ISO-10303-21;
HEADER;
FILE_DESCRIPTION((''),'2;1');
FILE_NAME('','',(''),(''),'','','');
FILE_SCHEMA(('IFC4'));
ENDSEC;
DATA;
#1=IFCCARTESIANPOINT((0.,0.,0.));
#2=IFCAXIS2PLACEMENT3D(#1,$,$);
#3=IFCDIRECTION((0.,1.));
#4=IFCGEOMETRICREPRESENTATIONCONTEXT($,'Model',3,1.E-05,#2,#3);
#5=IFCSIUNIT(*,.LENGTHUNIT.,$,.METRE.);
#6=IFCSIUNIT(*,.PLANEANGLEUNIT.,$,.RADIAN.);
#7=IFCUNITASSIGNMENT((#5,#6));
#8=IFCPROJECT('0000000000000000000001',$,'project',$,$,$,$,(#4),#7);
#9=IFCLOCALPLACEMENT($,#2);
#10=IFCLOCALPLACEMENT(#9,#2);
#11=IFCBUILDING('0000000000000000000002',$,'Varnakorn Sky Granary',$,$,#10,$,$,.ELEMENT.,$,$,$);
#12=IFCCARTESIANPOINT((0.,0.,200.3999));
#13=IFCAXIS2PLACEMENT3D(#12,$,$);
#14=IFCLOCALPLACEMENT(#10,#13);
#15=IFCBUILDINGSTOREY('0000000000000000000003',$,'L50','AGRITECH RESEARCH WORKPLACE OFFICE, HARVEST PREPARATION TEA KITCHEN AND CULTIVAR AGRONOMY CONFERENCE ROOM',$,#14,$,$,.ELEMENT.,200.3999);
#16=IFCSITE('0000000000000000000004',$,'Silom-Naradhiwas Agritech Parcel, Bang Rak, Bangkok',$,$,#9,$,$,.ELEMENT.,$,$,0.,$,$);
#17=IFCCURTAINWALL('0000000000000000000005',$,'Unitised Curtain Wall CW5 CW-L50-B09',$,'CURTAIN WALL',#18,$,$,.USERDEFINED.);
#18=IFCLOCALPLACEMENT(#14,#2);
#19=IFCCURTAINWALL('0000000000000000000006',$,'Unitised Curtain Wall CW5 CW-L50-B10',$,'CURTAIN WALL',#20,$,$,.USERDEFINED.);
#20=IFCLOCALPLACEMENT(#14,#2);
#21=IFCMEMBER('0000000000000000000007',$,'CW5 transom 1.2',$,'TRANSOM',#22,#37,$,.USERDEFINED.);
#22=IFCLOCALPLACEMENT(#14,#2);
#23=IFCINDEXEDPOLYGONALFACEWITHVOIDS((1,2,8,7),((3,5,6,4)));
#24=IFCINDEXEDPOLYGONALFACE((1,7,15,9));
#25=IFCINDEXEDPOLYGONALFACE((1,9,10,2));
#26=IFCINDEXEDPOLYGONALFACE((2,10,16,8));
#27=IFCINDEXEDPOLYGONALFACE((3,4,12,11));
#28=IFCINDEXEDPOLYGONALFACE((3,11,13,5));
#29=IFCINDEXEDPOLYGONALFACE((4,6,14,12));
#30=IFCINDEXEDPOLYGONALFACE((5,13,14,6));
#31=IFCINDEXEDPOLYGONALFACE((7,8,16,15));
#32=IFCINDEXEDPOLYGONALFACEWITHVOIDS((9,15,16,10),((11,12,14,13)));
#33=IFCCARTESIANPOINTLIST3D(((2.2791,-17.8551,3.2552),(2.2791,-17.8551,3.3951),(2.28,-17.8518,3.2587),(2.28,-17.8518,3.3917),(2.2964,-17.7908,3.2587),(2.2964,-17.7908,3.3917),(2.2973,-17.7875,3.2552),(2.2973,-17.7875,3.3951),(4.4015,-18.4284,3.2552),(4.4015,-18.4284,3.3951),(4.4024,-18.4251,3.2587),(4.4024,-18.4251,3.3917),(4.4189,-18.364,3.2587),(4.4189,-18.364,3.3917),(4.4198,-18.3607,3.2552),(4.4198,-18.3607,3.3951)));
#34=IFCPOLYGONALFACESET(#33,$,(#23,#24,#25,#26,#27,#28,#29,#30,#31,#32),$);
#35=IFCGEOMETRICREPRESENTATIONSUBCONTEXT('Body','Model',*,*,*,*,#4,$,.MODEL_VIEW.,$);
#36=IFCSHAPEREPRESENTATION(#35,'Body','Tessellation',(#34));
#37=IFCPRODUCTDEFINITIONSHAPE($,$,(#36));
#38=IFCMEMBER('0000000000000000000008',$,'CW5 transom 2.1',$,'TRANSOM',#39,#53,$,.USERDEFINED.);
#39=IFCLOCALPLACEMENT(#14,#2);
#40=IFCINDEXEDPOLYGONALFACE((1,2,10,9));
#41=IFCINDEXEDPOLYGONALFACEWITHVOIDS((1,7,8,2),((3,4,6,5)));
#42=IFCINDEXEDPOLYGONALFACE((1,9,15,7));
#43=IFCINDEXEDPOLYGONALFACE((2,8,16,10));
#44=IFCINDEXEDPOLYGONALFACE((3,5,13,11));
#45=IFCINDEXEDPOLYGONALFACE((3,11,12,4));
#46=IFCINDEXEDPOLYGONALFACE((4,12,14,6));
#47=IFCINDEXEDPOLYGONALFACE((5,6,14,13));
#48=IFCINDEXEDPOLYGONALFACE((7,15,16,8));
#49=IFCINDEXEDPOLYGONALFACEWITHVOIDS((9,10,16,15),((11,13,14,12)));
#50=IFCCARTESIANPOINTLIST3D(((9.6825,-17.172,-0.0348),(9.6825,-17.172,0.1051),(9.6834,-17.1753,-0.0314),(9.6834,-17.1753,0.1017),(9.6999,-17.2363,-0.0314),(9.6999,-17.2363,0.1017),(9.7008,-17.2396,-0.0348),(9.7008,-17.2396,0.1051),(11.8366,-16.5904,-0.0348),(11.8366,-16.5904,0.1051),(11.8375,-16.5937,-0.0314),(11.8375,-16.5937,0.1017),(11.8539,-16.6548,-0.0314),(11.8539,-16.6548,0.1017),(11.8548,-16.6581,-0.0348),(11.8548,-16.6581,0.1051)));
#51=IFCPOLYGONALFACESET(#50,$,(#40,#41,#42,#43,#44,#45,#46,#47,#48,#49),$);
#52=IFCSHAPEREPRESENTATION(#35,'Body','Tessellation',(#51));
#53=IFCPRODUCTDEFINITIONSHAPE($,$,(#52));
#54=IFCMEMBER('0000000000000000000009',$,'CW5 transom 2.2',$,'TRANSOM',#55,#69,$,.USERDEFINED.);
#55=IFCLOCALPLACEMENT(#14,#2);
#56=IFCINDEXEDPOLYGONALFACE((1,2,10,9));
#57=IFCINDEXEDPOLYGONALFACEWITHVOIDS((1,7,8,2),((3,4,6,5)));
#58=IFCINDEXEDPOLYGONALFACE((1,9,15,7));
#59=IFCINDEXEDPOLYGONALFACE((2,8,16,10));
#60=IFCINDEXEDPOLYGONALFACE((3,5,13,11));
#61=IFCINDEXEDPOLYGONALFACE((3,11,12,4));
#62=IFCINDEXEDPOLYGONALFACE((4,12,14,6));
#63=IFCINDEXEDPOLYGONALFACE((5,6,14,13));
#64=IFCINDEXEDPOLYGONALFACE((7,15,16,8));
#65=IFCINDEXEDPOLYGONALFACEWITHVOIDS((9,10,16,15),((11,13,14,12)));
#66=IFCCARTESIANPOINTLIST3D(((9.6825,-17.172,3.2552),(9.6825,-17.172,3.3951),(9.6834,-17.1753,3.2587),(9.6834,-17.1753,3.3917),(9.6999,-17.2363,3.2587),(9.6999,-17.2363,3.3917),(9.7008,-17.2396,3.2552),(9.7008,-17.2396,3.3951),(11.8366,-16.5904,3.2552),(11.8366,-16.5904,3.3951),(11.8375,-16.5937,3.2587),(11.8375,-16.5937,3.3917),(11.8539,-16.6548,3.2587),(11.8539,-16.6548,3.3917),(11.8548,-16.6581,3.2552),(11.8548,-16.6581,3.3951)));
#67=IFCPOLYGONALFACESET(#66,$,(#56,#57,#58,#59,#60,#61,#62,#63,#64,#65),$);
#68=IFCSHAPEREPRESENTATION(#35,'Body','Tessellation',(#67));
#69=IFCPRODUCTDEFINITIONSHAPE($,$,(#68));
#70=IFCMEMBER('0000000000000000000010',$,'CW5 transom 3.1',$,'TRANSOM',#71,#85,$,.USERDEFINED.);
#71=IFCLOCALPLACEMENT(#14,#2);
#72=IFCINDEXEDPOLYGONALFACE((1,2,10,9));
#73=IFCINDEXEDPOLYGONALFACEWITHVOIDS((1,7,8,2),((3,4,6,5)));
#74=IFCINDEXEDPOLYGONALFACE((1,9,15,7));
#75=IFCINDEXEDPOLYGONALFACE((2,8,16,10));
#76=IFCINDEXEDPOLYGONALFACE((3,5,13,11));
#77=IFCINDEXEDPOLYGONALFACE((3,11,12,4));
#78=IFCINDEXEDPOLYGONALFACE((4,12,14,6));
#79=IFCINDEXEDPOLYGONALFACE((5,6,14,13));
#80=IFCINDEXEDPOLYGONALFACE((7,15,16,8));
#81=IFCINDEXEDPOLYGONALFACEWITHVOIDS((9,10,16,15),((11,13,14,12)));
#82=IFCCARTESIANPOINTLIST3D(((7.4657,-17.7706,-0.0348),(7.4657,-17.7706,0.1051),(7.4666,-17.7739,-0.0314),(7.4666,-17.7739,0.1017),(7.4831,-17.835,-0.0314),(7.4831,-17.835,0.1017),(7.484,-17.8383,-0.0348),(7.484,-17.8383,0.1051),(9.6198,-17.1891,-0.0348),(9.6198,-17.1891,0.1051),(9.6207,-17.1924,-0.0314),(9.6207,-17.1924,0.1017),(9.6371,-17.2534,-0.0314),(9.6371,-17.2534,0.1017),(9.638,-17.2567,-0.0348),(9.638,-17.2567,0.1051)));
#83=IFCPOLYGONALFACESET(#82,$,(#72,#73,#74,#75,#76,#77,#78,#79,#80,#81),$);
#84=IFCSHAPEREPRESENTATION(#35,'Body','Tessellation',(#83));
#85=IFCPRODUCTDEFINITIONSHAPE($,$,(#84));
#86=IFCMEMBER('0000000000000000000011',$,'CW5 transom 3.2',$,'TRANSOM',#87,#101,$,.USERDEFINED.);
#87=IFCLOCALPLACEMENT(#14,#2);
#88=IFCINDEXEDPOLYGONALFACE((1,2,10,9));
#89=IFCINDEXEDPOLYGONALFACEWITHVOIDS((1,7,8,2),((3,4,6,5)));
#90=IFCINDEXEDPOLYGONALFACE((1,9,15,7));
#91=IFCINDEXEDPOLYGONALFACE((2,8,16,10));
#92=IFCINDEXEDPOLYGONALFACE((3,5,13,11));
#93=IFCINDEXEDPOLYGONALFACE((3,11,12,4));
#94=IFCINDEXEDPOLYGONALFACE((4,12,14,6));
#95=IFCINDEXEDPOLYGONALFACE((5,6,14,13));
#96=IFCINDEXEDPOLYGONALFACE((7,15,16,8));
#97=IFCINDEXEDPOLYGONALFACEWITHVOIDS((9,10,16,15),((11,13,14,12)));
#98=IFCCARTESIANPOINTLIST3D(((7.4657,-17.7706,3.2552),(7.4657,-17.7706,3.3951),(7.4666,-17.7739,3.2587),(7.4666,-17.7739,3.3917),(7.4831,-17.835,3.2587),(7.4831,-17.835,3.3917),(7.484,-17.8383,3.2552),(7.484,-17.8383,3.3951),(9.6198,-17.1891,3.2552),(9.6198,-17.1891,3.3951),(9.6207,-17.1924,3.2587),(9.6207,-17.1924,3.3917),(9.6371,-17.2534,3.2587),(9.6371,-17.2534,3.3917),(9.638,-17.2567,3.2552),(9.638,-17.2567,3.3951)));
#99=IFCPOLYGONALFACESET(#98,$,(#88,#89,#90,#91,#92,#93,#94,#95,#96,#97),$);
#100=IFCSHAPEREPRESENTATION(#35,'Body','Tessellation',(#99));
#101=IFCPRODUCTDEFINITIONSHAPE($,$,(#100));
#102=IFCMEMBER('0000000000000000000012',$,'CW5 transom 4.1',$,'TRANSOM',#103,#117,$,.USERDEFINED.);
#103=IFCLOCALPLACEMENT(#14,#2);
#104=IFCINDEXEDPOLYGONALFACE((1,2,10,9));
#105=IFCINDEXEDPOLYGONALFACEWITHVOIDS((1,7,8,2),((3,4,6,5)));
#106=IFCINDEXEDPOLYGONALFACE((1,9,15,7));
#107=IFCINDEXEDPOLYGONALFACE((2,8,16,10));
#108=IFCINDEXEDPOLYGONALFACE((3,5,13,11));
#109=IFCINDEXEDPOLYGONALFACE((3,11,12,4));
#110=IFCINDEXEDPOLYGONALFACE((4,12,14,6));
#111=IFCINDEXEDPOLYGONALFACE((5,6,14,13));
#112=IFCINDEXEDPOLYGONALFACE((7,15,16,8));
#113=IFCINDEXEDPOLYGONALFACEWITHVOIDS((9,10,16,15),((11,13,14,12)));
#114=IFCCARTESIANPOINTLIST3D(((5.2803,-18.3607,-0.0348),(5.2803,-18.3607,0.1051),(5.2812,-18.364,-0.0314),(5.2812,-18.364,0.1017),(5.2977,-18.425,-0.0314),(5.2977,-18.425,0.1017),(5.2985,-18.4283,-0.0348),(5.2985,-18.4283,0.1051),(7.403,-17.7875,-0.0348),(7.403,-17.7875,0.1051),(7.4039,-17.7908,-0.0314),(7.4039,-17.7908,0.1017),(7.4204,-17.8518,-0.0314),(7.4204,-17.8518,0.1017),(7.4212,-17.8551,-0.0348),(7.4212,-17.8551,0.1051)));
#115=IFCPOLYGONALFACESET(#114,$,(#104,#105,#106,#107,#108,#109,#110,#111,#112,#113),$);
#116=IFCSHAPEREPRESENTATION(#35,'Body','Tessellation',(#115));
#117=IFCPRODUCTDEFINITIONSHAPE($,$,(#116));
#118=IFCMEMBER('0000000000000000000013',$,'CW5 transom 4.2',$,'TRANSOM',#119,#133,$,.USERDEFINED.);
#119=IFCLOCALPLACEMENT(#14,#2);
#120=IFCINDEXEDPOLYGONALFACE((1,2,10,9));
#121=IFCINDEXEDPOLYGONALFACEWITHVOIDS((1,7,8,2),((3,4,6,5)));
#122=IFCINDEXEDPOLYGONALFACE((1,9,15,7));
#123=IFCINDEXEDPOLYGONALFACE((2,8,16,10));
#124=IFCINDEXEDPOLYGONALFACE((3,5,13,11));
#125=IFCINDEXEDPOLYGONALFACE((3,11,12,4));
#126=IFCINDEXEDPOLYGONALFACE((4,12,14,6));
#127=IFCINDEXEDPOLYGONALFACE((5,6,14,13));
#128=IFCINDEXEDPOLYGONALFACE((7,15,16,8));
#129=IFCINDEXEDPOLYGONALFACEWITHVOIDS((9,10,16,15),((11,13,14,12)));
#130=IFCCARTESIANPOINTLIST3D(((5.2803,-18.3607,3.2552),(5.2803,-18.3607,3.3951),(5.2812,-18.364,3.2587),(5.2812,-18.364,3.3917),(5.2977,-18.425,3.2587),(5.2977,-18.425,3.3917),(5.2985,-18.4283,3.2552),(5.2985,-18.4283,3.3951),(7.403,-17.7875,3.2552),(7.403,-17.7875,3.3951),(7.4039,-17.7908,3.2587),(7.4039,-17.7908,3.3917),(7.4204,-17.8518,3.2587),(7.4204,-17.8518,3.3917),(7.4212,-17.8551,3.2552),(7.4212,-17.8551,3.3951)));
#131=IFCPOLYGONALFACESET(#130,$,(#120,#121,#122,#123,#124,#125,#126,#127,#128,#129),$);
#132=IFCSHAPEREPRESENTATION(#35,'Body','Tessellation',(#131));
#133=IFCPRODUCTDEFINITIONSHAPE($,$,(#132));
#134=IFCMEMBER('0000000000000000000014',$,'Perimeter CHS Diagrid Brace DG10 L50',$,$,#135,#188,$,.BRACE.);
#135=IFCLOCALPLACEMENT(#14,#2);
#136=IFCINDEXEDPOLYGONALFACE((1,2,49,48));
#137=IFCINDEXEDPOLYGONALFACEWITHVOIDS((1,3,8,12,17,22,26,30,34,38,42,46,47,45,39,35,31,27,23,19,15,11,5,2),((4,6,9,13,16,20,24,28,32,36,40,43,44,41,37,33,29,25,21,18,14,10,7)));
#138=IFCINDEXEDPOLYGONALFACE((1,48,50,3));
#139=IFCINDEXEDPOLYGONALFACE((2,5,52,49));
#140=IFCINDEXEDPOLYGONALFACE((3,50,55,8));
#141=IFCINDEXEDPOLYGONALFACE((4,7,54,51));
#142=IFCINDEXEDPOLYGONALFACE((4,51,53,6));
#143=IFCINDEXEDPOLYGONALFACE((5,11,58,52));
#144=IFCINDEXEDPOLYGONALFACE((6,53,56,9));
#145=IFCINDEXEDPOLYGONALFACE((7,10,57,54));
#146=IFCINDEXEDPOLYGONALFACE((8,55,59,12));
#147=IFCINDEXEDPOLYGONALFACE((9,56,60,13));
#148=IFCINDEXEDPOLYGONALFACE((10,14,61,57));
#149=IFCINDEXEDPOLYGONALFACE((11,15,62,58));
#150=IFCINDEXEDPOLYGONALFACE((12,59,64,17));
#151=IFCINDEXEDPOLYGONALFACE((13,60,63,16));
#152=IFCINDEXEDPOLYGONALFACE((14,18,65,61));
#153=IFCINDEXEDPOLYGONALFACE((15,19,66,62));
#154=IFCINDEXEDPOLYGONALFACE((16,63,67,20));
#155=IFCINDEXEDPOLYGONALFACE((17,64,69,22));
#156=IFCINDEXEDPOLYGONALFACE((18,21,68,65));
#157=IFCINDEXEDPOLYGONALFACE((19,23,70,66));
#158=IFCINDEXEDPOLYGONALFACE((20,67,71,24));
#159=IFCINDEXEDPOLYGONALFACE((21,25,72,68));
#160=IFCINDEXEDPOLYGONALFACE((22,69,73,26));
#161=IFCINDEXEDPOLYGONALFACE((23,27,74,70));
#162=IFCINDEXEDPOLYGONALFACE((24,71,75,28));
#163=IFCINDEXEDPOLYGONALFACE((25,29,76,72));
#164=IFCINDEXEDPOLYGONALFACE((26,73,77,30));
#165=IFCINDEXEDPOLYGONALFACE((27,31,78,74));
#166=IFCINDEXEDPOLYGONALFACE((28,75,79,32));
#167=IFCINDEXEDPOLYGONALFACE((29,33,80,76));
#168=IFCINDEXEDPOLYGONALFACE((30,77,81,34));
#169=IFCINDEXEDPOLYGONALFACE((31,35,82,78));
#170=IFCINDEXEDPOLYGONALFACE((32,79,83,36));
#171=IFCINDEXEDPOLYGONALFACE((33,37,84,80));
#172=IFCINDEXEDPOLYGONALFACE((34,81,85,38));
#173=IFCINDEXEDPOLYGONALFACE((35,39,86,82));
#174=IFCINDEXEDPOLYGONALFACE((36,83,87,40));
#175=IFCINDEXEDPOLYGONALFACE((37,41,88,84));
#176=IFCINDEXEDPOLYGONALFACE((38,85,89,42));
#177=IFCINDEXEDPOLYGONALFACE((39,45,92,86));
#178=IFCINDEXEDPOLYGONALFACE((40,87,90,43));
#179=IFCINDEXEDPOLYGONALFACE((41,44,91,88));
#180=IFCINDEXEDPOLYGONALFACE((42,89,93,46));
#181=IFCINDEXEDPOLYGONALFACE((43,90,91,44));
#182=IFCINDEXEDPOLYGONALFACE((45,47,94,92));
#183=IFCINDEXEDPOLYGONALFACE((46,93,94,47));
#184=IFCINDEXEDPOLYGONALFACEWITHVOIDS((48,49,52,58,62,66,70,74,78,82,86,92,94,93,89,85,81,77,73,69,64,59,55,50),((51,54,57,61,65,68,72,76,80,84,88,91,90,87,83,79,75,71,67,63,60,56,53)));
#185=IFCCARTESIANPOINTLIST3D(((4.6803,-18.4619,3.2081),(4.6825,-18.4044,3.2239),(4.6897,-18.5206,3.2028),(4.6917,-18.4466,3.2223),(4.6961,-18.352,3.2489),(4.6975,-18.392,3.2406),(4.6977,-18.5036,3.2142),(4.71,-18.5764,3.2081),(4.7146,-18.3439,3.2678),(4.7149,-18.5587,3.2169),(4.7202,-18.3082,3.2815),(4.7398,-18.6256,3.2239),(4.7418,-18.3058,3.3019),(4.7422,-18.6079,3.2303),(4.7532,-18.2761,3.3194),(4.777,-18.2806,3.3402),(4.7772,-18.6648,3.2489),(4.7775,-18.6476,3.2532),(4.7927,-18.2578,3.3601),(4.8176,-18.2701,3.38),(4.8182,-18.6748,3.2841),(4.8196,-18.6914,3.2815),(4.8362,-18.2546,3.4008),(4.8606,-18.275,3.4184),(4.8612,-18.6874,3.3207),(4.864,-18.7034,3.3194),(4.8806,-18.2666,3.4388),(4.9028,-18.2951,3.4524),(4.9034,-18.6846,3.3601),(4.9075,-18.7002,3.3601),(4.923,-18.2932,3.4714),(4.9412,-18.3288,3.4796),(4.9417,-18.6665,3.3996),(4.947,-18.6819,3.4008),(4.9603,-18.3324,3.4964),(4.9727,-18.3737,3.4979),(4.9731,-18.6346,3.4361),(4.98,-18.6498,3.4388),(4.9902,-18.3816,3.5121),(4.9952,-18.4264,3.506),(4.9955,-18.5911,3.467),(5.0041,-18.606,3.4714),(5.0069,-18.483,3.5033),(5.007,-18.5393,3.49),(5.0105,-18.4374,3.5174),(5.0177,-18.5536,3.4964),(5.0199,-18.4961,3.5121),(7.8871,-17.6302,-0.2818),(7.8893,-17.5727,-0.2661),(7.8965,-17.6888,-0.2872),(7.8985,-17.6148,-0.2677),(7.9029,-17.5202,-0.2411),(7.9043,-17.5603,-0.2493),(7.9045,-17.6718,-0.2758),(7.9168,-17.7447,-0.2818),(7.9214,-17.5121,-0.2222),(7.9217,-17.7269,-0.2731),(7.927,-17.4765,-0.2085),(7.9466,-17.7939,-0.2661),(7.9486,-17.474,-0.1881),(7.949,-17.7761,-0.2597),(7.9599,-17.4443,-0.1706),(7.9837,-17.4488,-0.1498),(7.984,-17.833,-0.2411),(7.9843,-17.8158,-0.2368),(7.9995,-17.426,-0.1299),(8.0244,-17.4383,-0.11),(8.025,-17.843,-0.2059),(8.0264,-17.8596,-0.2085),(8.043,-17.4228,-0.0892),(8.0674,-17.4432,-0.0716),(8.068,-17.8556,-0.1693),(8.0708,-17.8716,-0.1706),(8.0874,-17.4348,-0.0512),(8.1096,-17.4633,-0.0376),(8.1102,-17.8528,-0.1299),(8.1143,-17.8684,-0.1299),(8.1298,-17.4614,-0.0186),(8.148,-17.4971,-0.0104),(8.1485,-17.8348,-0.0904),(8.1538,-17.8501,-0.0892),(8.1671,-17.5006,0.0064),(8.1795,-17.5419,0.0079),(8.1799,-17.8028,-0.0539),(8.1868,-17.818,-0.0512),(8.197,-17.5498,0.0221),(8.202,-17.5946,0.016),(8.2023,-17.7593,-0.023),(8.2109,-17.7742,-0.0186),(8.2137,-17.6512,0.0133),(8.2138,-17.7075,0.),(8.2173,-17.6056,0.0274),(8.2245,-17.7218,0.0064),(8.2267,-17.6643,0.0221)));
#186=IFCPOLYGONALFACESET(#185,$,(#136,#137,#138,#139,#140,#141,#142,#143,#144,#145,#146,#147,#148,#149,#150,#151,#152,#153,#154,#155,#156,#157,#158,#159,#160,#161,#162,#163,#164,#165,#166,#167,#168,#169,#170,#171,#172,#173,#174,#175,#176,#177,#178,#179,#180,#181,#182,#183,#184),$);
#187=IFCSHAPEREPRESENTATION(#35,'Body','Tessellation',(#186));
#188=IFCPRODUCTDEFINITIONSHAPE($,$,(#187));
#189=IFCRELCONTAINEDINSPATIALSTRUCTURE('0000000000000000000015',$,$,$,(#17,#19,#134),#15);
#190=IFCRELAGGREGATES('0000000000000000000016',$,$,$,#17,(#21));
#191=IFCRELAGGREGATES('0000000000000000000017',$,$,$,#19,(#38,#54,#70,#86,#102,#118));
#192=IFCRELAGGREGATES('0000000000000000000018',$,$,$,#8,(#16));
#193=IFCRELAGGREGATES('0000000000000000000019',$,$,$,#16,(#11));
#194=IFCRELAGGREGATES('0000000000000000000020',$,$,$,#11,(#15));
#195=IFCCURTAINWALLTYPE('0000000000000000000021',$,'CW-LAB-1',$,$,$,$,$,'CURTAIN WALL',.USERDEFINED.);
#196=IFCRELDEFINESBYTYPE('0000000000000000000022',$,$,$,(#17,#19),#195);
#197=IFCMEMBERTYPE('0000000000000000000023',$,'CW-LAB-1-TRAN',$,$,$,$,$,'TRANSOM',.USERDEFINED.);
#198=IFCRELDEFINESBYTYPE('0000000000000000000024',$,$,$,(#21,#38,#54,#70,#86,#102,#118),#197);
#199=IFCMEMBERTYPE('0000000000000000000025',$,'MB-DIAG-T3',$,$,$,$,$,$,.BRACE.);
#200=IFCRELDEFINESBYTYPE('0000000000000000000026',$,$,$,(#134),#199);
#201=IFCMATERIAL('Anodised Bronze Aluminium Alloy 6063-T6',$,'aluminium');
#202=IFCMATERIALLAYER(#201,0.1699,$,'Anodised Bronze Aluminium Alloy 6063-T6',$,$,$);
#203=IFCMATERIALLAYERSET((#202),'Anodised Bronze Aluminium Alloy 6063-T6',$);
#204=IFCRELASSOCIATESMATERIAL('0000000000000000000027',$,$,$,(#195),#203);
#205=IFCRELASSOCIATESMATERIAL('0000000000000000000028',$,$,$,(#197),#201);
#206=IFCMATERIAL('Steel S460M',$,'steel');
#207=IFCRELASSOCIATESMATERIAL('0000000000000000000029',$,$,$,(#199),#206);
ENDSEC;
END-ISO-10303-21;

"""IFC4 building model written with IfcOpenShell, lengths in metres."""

from ifc_helpers import new_model, si_unit, direction, frame, origin, origin_2d, place, context, subcontext, project, spatial, hollow_rectangle, hollow_circle, extrude, material, layer, layer_set, material_profile, profile_set, type_object, element, aggregate, save


model = new_model("IFC4")

# Units and contexts
model_context = context("Model", 3, precision=1e-05, world=origin(), true_north=direction((0.0, 1.0)))
body_context = subcontext(model_context, "Body", "Model", "MODEL_VIEW")
ifc_project = project(units=[si_unit("LENGTHUNIT", "METRE"), si_unit("PLANEANGLEUNIT", "RADIAN")], contexts=[model_context])

# Site, building, storey
site_placement = place(None, origin())
site = spatial("IfcSite", under=ifc_project, at=site_placement, Name="Silom-Naradhiwas Agritech Parcel, Bang Rak, Bangkok", CompositionType="ELEMENT", RefElevation=0.0)
building_placement = place(site_placement, origin())
building = spatial("IfcBuilding", under=site, at=building_placement, Name="Varnakorn Sky Granary", CompositionType="ELEMENT")
storey_placement = place(building_placement, frame((0.0, 0.0, 200.3999)))
storey = spatial("IfcBuildingStorey", under=building, at=storey_placement, Name="L50", Description="AGRITECH RESEARCH WORKPLACE OFFICE, HARVEST PREPARATION TEA KITCHEN AND CULTIVAR AGRONOMY CONFERENCE ROOM", CompositionType="ELEMENT", Elevation=200.3999)

# Shared definitions
ifc_material_1 = material(Name="Steel S460M", Category="steel")

# Curtain wall
ifc_material_2 = material(Name="Anodised Bronze Aluminium Alloy 6063-T6", Category="aluminium")
ifc_layer_1 = layer(ifc_material_2, 0.1699, Name="Anodised Bronze Aluminium Alloy 6063-T6")
ifc_layer_set_1 = layer_set([ifc_layer_1], Name="Anodised Bronze Aluminium Alloy 6063-T6")
curtain_wall_type = type_object("IfcCurtainWallType", Name="CW-LAB-1", ElementType="CURTAIN WALL", PredefinedType="USERDEFINED", material=ifc_layer_set_1)
curtain_wall_1_placement = place(storey_placement, origin())
curtain_wall_1 = element("IfcCurtainWall", 1, at=curtain_wall_1_placement, inside=storey, type_object=curtain_wall_type, Name="Unitised Curtain Wall CW5 CW-L50-B09", ObjectType="CURTAIN WALL", PredefinedType="USERDEFINED")

# Curtain wall
curtain_wall_2_placement = place(storey_placement, origin())
curtain_wall_2 = element("IfcCurtainWall", 2, at=curtain_wall_2_placement, inside=storey, type_object=curtain_wall_type, Name="Unitised Curtain Wall CW5 CW-L50-B10", ObjectType="CURTAIN WALL", PredefinedType="USERDEFINED")

# Members
ifc_material_profile_1 = material_profile(ifc_material_2, hollow_rectangle(XDim=0.0701, YDim=0.1399, WallThickness=0.0034, at=origin_2d()), Name="ALU TRAN 70x140")
ifc_profile_set_1 = profile_set([ifc_material_profile_1], Name="Anodised Bronze Aluminium Alloy 6063-T6")
member_type_1 = type_object("IfcMemberType", Name="CW-LAB-1-TRAN", ElementType="TRANSOM", PredefinedType="USERDEFINED", material=ifc_profile_set_1)
member_1_placement = place(storey_placement, frame((4.4106, -18.3945, 3.3252), z_axis=(-0.965412, 0.26073, 0.0), x_axis=(-0.26073, -0.965412, 0.0)))
member_1 = element("IfcMember", 3, at=member_1_placement, type_object=member_type_1, Name="CW5 transom 1.2", ObjectType="TRANSOM", PredefinedType="USERDEFINED", context=body_context, shape_type="SweptSolid", body=[
    extrude(hollow_rectangle(XDim=0.0701, YDim=0.1399, WallThickness=0.0034, at=origin_2d()), origin(), (0.0, 0.0, 1.0), 2.1985),
])
aggregate(curtain_wall_1, [member_1])
member_2_placement = place(storey_placement, frame((11.8457, -16.6243, 0.0352), z_axis=(-0.965435, -0.260644, 0.0), x_axis=(0.260644, -0.965435, 0.0)))
member_2 = element("IfcMember", 4, at=member_2_placement, type_object=member_type_1, Name="CW5 transom 2.1", ObjectType="TRANSOM", PredefinedType="USERDEFINED", context=body_context, shape_type="SweptSolid", body=[
    extrude(hollow_rectangle(XDim=0.0701, YDim=0.1399, WallThickness=0.0034, at=origin_2d()), origin(), (0.0, 0.0, 1.0), 2.2312),
])
member_3_placement = place(storey_placement, frame((11.8457, -16.6243, 3.3252), z_axis=(-0.965435, -0.260644, 0.0), x_axis=(0.260644, -0.965435, 0.0)))
member_3 = element("IfcMember", 5, at=member_3_placement, type_object=member_type_1, Name="CW5 transom 2.2", ObjectType="TRANSOM", PredefinedType="USERDEFINED", context=body_context, shape_type="SweptSolid", body=[
    extrude(hollow_rectangle(XDim=0.0701, YDim=0.1399, WallThickness=0.0034, at=origin_2d()), origin(), (0.0, 0.0, 1.0), 2.2312),
])
member_4_placement = place(storey_placement, frame((9.6289, -17.2229, 0.0352), z_axis=(-0.965435, -0.260644, 0.0), x_axis=(0.260644, -0.965435, 0.0)))
member_4 = element("IfcMember", 6, at=member_4_placement, type_object=member_type_1, Name="CW5 transom 3.1", ObjectType="TRANSOM", PredefinedType="USERDEFINED", context=body_context, shape_type="SweptSolid", body=[
    extrude(hollow_rectangle(XDim=0.0701, YDim=0.1399, WallThickness=0.0034, at=origin_2d()), origin(), (0.0, 0.0, 1.0), 2.2312),
])
member_5_placement = place(storey_placement, frame((9.6289, -17.2229, 3.3252), z_axis=(-0.965435, -0.260644, 0.0), x_axis=(0.260644, -0.965435, 0.0)))
member_5 = element("IfcMember", 7, at=member_5_placement, type_object=member_type_1, Name="CW5 transom 3.2", ObjectType="TRANSOM", PredefinedType="USERDEFINED", context=body_context, shape_type="SweptSolid", body=[
    extrude(hollow_rectangle(XDim=0.0701, YDim=0.1399, WallThickness=0.0034, at=origin_2d()), origin(), (0.0, 0.0, 1.0), 2.2312),
])
member_6_placement = place(storey_placement, frame((7.4121, -17.8213, 0.0352), z_axis=(-0.965419, -0.260702, 0.0), x_axis=(0.260702, -0.965419, 0.0)))
member_6 = element("IfcMember", 8, at=member_6_placement, type_object=member_type_1, Name="CW5 transom 4.1", ObjectType="TRANSOM", PredefinedType="USERDEFINED", context=body_context, shape_type="SweptSolid", body=[
    extrude(hollow_rectangle(XDim=0.0701, YDim=0.1399, WallThickness=0.0034, at=origin_2d()), origin(), (0.0, 0.0, 1.0), 2.1987),
])
member_7_placement = place(storey_placement, frame((7.4121, -17.8213, 3.3252), z_axis=(-0.965419, -0.260702, 0.0), x_axis=(0.260702, -0.965419, 0.0)))
member_7 = element("IfcMember", 9, at=member_7_placement, type_object=member_type_1, Name="CW5 transom 4.2", ObjectType="TRANSOM", PredefinedType="USERDEFINED", context=body_context, shape_type="SweptSolid", body=[
    extrude(hollow_rectangle(XDim=0.0701, YDim=0.1399, WallThickness=0.0034, at=origin_2d()), origin(), (0.0, 0.0, 1.0), 2.1987),
])
ifc_material_profile_2 = material_profile(ifc_material_1, hollow_circle(Radius=0.2285, WallThickness=0.0161, at=origin_2d()), Name="CHS 457x16")
ifc_profile_set_2 = profile_set([ifc_material_profile_2], Name="Steel S460M")
member_type_2 = type_object("IfcMemberType", Name="MB-DIAG-T3", PredefinedType="BRACE", material=ifc_profile_set_2)
member_8_placement = place(storey_placement, frame((8.0569, -17.6472, -0.1299), z_axis=(-0.666414, -0.172857, 0.725267), x_axis=(0.251075, -0.967968, 0.0)))
element("IfcMember", 10, at=member_8_placement, inside=storey, type_object=member_type_2, Name="Perimeter CHS Diagrid Brace DG10 L50", PredefinedType="BRACE", context=body_context, shape_type="SweptSolid", body=[
    extrude(hollow_circle(Radius=0.2285, WallThickness=0.0161, at=origin_2d()), origin(), (0.0, 0.0, 1.0), 4.812),
])

aggregate(curtain_wall_2, [member_2, member_3, member_4, member_5, member_6, member_7])

save(model, "model.ifc")
